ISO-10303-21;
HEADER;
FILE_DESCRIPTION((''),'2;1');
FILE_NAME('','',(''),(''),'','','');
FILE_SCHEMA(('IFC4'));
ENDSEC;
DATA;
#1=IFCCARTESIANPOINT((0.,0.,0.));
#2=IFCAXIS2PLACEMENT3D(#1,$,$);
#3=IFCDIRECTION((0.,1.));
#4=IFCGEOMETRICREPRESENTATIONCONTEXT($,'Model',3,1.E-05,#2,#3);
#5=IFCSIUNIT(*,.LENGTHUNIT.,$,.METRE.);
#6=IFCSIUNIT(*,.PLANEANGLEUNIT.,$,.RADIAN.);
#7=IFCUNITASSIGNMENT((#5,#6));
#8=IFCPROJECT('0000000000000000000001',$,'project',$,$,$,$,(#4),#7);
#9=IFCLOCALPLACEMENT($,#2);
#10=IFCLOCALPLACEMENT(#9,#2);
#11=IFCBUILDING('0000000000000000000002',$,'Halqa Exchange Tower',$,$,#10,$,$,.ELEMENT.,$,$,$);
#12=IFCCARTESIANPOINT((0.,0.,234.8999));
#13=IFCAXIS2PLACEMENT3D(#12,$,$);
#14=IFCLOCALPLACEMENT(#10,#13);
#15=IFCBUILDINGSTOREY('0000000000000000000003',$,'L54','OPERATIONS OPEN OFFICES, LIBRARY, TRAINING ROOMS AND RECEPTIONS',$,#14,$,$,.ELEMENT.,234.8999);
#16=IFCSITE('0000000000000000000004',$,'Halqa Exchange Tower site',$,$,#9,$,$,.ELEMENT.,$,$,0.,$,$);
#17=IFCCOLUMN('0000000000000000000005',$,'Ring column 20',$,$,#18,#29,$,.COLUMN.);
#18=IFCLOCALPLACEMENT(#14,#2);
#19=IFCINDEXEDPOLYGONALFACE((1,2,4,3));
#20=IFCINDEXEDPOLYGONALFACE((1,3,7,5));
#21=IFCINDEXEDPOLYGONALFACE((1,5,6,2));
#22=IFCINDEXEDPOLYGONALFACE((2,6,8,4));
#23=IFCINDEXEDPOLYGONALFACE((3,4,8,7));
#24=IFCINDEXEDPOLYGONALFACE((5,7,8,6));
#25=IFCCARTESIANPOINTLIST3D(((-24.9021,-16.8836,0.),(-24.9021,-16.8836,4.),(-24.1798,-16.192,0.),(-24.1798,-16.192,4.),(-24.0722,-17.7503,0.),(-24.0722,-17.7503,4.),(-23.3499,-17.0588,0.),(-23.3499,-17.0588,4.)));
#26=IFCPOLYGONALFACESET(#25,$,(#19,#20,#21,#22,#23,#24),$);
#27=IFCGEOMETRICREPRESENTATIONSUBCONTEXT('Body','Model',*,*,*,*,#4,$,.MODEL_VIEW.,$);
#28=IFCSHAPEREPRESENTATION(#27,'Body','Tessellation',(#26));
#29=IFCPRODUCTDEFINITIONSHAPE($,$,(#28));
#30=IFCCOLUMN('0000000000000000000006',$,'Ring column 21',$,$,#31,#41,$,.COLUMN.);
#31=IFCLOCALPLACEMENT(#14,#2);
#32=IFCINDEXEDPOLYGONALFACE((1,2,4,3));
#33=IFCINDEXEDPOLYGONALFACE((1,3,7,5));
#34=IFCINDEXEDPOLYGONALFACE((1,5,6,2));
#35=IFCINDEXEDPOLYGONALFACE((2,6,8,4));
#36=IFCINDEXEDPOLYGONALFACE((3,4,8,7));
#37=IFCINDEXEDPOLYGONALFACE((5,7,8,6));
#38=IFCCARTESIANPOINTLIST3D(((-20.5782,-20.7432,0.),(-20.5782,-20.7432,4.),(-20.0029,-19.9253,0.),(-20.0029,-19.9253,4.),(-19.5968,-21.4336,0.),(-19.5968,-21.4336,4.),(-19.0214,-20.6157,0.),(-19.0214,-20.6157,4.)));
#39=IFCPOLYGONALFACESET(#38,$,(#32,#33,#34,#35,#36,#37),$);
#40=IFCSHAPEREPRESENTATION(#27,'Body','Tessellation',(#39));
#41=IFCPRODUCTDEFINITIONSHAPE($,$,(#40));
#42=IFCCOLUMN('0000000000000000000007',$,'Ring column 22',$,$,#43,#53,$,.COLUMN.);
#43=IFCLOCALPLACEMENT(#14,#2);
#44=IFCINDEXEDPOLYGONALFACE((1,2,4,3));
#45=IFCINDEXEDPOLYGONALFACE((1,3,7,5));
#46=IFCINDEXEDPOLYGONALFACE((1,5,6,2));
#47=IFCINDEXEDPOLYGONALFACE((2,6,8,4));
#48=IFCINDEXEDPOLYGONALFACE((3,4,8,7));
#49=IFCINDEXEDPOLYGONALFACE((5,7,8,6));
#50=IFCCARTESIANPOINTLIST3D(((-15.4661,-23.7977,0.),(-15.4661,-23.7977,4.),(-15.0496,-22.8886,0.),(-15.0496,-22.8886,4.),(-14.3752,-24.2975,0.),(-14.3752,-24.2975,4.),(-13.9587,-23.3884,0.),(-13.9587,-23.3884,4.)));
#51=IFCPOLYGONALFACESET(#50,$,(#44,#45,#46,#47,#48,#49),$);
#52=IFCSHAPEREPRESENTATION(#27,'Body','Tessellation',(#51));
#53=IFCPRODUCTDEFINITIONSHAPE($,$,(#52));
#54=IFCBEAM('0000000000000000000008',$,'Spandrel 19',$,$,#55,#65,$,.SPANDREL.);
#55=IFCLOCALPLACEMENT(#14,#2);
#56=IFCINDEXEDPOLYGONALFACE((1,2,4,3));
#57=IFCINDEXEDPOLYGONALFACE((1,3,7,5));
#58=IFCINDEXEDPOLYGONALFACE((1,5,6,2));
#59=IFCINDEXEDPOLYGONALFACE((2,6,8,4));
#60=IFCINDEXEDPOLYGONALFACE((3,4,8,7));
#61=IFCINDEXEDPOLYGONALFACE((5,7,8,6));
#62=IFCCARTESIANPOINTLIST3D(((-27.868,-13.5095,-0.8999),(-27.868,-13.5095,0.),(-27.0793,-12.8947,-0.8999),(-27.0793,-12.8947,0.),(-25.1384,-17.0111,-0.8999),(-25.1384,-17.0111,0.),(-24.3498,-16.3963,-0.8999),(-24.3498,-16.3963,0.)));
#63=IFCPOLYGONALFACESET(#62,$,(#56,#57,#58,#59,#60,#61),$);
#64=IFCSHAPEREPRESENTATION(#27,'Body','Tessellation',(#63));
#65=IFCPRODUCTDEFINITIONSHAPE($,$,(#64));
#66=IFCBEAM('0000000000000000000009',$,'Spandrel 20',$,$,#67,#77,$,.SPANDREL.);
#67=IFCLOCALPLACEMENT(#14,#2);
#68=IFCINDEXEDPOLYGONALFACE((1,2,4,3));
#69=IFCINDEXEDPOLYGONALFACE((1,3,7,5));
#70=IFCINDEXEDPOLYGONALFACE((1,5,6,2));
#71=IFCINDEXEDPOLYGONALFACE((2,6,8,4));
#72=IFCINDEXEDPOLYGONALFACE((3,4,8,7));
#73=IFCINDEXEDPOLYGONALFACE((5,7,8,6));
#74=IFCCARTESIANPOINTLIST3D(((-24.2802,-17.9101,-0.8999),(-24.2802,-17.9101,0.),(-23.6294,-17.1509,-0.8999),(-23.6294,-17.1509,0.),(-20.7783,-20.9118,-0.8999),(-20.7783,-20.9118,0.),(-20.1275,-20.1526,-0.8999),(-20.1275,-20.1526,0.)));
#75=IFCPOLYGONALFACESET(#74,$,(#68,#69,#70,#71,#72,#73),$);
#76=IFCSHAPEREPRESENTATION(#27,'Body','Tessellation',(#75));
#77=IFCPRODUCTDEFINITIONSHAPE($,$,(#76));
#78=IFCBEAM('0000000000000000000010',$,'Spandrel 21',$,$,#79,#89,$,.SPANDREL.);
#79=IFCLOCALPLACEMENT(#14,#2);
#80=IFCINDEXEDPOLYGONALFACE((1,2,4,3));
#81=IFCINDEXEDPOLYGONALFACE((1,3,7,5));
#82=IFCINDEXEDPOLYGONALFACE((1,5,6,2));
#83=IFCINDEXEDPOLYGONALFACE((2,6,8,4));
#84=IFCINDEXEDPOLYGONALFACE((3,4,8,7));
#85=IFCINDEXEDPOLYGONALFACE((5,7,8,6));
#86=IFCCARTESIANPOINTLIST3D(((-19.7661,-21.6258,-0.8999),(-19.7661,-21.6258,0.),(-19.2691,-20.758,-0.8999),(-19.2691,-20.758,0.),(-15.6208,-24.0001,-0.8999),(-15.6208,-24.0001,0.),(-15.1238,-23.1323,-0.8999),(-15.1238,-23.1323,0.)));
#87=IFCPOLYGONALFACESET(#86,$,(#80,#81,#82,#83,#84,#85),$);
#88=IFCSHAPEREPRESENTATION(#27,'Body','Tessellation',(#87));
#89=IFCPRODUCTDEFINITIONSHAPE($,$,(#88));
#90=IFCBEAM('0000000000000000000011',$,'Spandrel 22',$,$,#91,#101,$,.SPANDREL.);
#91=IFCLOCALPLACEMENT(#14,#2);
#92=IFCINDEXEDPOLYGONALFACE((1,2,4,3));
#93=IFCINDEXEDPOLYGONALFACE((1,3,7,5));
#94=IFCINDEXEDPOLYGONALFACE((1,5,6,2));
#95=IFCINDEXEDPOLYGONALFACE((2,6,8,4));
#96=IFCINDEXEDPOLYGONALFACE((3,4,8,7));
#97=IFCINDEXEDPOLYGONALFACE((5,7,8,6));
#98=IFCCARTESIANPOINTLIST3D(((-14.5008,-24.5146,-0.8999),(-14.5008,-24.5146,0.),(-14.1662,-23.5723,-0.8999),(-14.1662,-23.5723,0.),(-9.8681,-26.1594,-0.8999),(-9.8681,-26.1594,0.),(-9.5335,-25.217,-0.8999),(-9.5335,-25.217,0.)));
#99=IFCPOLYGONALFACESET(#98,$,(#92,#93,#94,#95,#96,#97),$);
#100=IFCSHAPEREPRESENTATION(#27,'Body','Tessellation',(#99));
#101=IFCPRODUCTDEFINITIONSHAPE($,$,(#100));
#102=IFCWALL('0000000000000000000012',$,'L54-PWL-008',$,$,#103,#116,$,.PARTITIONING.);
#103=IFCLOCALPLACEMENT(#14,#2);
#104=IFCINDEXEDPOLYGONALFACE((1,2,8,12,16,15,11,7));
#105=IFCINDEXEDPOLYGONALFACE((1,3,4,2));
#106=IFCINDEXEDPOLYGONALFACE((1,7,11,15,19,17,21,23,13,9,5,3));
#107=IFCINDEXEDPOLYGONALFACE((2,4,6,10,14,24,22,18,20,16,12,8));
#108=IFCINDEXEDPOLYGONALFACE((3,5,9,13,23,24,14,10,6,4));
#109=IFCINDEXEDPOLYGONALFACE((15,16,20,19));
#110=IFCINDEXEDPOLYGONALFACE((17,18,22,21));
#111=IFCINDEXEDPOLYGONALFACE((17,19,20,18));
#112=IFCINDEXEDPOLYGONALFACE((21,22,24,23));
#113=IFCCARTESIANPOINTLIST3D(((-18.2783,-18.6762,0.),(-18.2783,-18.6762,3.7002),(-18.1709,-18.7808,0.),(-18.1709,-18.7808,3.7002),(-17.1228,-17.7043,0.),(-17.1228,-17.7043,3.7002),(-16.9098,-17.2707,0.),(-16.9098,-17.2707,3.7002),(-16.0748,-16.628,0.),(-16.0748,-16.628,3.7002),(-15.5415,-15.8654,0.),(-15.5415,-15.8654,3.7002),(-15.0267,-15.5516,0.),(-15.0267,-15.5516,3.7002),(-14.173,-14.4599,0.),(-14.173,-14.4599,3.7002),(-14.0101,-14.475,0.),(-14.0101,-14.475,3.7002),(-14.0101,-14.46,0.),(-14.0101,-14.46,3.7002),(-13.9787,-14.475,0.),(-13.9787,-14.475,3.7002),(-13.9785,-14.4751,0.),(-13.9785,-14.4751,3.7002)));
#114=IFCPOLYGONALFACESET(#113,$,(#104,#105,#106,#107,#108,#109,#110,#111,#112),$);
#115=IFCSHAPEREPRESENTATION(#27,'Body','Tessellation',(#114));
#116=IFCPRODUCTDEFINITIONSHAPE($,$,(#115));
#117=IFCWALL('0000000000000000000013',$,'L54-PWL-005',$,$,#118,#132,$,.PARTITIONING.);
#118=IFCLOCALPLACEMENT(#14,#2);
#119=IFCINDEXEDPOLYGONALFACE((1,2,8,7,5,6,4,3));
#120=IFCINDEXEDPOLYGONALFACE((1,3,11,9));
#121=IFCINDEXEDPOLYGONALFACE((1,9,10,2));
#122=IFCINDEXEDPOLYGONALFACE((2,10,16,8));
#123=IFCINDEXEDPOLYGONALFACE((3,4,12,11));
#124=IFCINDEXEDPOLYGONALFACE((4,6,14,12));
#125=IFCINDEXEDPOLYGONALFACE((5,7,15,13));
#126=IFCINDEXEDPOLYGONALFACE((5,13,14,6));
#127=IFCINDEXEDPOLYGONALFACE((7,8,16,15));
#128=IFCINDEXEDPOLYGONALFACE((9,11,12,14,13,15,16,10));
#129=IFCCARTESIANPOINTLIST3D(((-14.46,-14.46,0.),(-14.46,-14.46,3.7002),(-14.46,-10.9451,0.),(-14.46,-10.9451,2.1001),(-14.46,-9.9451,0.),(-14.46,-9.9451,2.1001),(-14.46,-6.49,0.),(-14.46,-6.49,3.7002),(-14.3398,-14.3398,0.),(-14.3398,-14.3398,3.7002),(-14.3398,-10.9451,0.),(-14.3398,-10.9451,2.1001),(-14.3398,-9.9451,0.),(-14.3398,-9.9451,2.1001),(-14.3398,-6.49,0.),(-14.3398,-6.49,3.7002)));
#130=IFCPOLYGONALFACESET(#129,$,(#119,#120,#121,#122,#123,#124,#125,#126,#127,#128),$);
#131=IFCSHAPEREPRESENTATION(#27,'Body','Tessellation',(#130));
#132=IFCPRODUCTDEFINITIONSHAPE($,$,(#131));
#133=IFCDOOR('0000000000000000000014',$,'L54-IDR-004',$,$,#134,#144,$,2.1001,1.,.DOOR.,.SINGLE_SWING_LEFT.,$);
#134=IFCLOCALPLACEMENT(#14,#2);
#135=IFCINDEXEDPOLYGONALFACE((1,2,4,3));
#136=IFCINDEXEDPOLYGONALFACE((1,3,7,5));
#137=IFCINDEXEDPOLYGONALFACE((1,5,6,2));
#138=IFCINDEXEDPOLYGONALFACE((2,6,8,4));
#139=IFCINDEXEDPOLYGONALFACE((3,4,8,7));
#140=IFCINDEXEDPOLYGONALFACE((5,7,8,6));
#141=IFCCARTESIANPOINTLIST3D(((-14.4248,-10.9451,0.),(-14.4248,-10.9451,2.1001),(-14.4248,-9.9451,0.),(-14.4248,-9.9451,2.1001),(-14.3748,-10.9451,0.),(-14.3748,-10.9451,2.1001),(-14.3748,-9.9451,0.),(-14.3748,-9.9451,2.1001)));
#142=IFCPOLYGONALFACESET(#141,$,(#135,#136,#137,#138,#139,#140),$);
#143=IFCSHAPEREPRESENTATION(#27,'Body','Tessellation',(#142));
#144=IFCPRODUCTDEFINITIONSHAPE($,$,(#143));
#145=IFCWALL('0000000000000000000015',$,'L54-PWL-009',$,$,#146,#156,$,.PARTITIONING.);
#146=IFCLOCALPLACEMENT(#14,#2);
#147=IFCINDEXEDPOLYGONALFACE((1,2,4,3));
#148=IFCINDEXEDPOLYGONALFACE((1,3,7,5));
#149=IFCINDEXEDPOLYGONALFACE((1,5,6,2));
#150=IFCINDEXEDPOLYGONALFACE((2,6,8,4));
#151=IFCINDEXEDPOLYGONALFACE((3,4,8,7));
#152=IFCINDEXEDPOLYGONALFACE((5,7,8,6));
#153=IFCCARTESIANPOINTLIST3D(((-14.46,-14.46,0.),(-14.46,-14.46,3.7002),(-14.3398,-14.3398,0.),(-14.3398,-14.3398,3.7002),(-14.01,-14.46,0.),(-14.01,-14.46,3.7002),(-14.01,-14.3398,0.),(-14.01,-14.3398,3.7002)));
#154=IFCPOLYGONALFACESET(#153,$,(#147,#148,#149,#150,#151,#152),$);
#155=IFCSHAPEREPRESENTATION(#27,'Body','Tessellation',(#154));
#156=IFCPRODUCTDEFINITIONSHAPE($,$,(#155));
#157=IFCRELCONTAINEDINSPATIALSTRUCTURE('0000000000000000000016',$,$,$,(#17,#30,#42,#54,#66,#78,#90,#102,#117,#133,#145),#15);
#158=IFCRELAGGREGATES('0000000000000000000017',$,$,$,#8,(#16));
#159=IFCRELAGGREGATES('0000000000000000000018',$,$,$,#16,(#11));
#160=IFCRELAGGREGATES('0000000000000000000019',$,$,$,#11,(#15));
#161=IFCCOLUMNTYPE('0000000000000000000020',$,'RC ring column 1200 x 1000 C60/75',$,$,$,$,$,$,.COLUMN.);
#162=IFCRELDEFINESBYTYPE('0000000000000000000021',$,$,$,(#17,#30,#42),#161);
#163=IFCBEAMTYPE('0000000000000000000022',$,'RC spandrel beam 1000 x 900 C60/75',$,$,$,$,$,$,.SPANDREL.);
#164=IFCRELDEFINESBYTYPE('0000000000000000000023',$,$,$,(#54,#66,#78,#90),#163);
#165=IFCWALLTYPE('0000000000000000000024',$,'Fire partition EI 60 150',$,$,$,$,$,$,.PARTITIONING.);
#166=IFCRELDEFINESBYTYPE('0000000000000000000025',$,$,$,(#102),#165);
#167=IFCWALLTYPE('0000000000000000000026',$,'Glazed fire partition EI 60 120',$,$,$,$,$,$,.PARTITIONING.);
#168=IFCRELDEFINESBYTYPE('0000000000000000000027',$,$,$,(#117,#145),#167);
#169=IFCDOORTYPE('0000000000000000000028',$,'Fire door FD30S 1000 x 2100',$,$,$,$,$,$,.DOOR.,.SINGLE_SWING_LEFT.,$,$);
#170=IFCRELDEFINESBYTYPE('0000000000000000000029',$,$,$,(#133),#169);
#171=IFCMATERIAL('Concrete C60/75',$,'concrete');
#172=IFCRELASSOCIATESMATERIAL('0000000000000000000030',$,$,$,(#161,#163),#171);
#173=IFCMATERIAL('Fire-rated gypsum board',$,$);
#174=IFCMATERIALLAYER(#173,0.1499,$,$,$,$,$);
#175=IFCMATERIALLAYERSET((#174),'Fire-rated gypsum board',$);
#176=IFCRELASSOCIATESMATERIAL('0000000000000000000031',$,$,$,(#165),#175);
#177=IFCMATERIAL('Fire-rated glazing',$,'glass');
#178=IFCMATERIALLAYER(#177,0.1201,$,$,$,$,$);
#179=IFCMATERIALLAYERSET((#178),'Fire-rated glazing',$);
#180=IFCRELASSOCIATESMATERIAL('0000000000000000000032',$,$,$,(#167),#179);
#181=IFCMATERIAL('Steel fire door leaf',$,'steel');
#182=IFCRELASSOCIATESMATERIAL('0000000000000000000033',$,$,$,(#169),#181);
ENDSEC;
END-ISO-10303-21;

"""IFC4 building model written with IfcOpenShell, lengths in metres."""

from ifc_helpers import new_model, si_unit, direction, frame, frame_2d, origin, origin_2d, place, context, subcontext, project, spatial, polyline, rectangle, outline, extrude, material, layer, layer_set, material_profile, profile_set, type_object, element, fill, save


model = new_model("IFC4")

# Units and contexts
model_context = context("Model", 3, precision=1e-05, world=origin(), true_north=direction((0.0, 1.0)))
body_context = subcontext(model_context, "Body", "Model", "MODEL_VIEW")
ifc_project = project(units=[si_unit("LENGTHUNIT", "METRE"), si_unit("PLANEANGLEUNIT", "RADIAN")], contexts=[model_context])

# Site, building, storey
site_placement = place(None, origin())
site = spatial("IfcSite", under=ifc_project, at=site_placement, Name="Halqa Exchange Tower site", CompositionType="ELEMENT", RefElevation=0.0)
building_placement = place(site_placement, origin())
building = spatial("IfcBuilding", under=site, at=building_placement, Name="Halqa Exchange Tower", CompositionType="ELEMENT")
storey_placement = place(building_placement, frame((0.0, 0.0, 234.8999)))
storey = spatial("IfcBuildingStorey", under=building, at=storey_placement, Name="L54", Description="OPERATIONS OPEN OFFICES, LIBRARY, TRAINING ROOMS AND RECEPTIONS", CompositionType="ELEMENT", Elevation=234.8999)

# Columns
ifc_material_1 = material(Name="Concrete C60/75", Category="concrete")
ifc_material_profile_1 = material_profile(ifc_material_1, rectangle(XDim=1.2, YDim=1.0, at=origin_2d()), Name="1200 x 1000")
ifc_profile_set_1 = profile_set([ifc_material_profile_1], Name="Concrete C60/75")
column_type = type_object("IfcColumnType", Name="RC ring column 1200 x 1000 C60/75", PredefinedType="COLUMN", material=ifc_profile_set_1)
for number, where, z_axis, x_axis, name in (
    (1, (-24.126, -16.9712, 0.0), (0.0, 0.0, 1.0), (0.691579, -0.722301, 0.0), "Ring column 20"),
    (2, (-19.7998, -20.6794, 0.0), (0.0, 0.0, 1.0), (0.817905, -0.575354, 0.0), "Ring column 21"),
    (3, (-14.7124, -23.593, 0.0), (0.0, 0.0, 1.0), (0.909126, -0.416522, 0.0), "Ring column 22"),
):
    element("IfcColumn", number, at=place(storey_placement, frame(where, z_axis=z_axis, x_axis=x_axis)), inside=storey, type_object=column_type, Name=name, PredefinedType="COLUMN", context=body_context, shape_type="SweptSolid", body=[
        extrude(rectangle(XDim=1.2, YDim=1.0, at=origin_2d()), origin(), (0.0, 0.0, 1.0), 4.0),
    ])

# Beams
ifc_material_profile_2 = material_profile(ifc_material_1, rectangle(XDim=1.0, YDim=0.8999, at=origin_2d()), Name="1000 x 900")
ifc_profile_set_2 = profile_set([ifc_material_profile_2], Name="Concrete C60/75")
beam_type = type_object("IfcBeamType", Name="RC spandrel beam 1000 x 900 C60/75", PredefinedType="SPANDREL", material=ifc_profile_set_2)
beam_1_placement = place(storey_placement, frame((-27.4736, -13.2021, -0.45), z_axis=(0.614801, -0.788683, 0.0), x_axis=(0.788683, 0.614801, 0.0)))
element("IfcBeam", 4, at=beam_1_placement, inside=storey, type_object=beam_type, Name="Spandrel 19", PredefinedType="SPANDREL", context=body_context, shape_type="SweptSolid", body=[
    extrude(rectangle(XDim=1.0, YDim=0.8999, at=origin_2d()), origin(), (0.0, 0.0, 1.0), 4.4397),
])
beam_2_placement = place(storey_placement, frame((-23.9548, -17.5305, -0.45), z_axis=(0.759253, -0.650796, 0.0), x_axis=(0.650796, 0.759253, 0.0)))
element("IfcBeam", 5, at=beam_2_placement, inside=storey, type_object=beam_type, Name="Spandrel 20", PredefinedType="SPANDREL", context=body_context, shape_type="SweptSolid", body=[
    extrude(rectangle(XDim=1.0, YDim=0.8999, at=origin_2d()), origin(), (0.0, 0.0, 1.0), 4.6123),
])
beam_3_placement = place(storey_placement, frame((-19.5176, -21.1919, -0.45), z_axis=(0.867743, -0.497014, 0.0), x_axis=(0.497014, 0.867743, 0.0)))
element("IfcBeam", 6, at=beam_3_placement, inside=storey, type_object=beam_type, Name="Spandrel 21", PredefinedType="SPANDREL", context=body_context, shape_type="SweptSolid", body=[
    extrude(rectangle(XDim=1.0, YDim=0.8999, at=origin_2d()), origin(), (0.0, 0.0, 1.0), 4.7771),
])
beam_4_placement = place(storey_placement, frame((-14.3335, -24.0435, -0.45), z_axis=(0.942372, -0.334568, 0.0), x_axis=(0.334568, 0.942372, 0.0)))
element("IfcBeam", 7, at=beam_4_placement, inside=storey, type_object=beam_type, Name="Spandrel 22", PredefinedType="SPANDREL", context=body_context, shape_type="SweptSolid", body=[
    extrude(rectangle(XDim=1.0, YDim=0.8999, at=origin_2d()), origin(), (0.0, 0.0, 1.0), 4.916),
])

# Wall
ifc_material_2 = material(Name="Fire-rated gypsum board")
ifc_layer_1 = layer(ifc_material_2, 0.1499)
ifc_layer_set_1 = layer_set([ifc_layer_1], Name="Fire-rated gypsum board")
wall_type_1 = type_object("IfcWallType", Name="Fire partition EI 60 150", PredefinedType="PARTITIONING", material=ifc_layer_set_1)
wall_1_placement = place(storey_placement, frame((-14.0322, -14.4229, 0.0), z_axis=(0.0, 0.0, 1.0), x_axis=(-0.697619, -0.716469, 0.0)))
element("IfcWall", 8, at=wall_1_placement, inside=storey, type_object=wall_type_1, Name="L54-PWL-008", PredefinedType="PARTITIONING", context=body_context, shape_type="SweptSolid", body=[
    extrude(outline(polyline([(0.0, 0.075), (0.0, 0.0747), (0.022, 0.0522), (0.0112, 0.0417), (0.1248, -0.075), (2.0864, -0.075), (4.0479, -0.075), (6.0095, -0.075), (6.0095, 0.075), (4.5071, 0.075), (3.0049, 0.075), (1.5024, 0.075), (0.0, 0.075)])), origin(), (0.0, 0.0, 1.0), 3.7002),
])

# Wall, opening, door
ifc_material_3 = material(Name="Fire-rated glazing", Category="glass")
ifc_layer_2 = layer(ifc_material_3, 0.1201)
ifc_layer_set_2 = layer_set([ifc_layer_2], Name="Fire-rated glazing")
wall_type_2 = type_object("IfcWallType", Name="Glazed fire partition EI 60 120", PredefinedType="PARTITIONING", material=ifc_layer_set_2)
wall_2_placement = place(storey_placement, frame((-14.3999, -14.46, 0.0), z_axis=(0.0, 0.0, 1.0), x_axis=(0.0, 1.0, 0.0)))
wall_2 = element("IfcWall", 9, at=wall_2_placement, inside=storey, type_object=wall_type_2, Name="L54-PWL-005", PredefinedType="PARTITIONING", context=body_context, shape_type="SweptSolid", body=[
    extrude(outline(polyline([(7.97, 0.0601), (5.9775, 0.0601), (3.9849, 0.0601), (1.9924, 0.0601), (0.0, 0.0601), (0.1201, -0.0601), (2.0825, -0.0601), (4.0449, -0.0601), (6.0076, -0.0601), (7.97, -0.0601), (7.97, 0.0601)])), origin(), (0.0, 0.0, 1.0), 3.7002),
])
opening_1_placement = place(wall_2_placement, frame((3.5149, 0.0, 0.0)))
opening_1 = element("IfcOpeningElement", 10, at=opening_1_placement, cuts=wall_2, PredefinedType="OPENING", context=body_context, shape_type="SweptSolid", body=[
    extrude(rectangle(XDim=1.0, YDim=2.1001, at=frame_2d((0.5, 1.05))), frame((0.0, 0.072, 0.0), z_axis=(0.0, -1.0, 0.0), x_axis=(1.0, 0.0, 0.0)), (0.0, 0.0, 1.0), 0.144),
])
ifc_material_4 = material(Name="Steel fire door leaf", Category="steel")
door_type_1 = type_object("IfcDoorType", Name="Fire door FD30S 1000 x 2100", OperationType="SINGLE_SWING_LEFT", PredefinedType="DOOR", material=ifc_material_4)
door_1_placement = place(opening_1_placement, origin())
door_1 = element("IfcDoor", 11, at=door_1_placement, inside=storey, type_object=door_type_1, Name="L54-IDR-004", OperationType="SINGLE_SWING_LEFT", OverallHeight=2.1001, OverallWidth=1.0, PredefinedType="DOOR", context=body_context, shape_type="SweptSolid", body=[
    extrude(rectangle(XDim=1.0, YDim=2.1001, at=frame_2d((0.5, 1.05))), frame((0.0, 0.0249, 0.0), z_axis=(0.0, -1.0, 0.0), x_axis=(1.0, 0.0, 0.0)), (0.0, 0.0, 1.0), 0.05),
])
fill(opening_1, door_1)

# Wall
wall_3_placement = place(storey_placement, frame((-14.01, -14.3999, 0.0), z_axis=(0.0, 0.0, 1.0), x_axis=(-1.0, 0.0, 0.0)))
element("IfcWall", 12, at=wall_3_placement, inside=storey, type_object=wall_type_2, Name="L54-PWL-009", PredefinedType="PARTITIONING", context=body_context, shape_type="SweptSolid", body=[
    extrude(outline(polyline([(0.0, -0.0601), (0.3298, -0.0601), (0.45, 0.0601), (0.0, 0.0601), (0.0, -0.0601)])), origin(), (0.0, 0.0, 1.0), 3.7002),
])

save(model, "model.ifc")
